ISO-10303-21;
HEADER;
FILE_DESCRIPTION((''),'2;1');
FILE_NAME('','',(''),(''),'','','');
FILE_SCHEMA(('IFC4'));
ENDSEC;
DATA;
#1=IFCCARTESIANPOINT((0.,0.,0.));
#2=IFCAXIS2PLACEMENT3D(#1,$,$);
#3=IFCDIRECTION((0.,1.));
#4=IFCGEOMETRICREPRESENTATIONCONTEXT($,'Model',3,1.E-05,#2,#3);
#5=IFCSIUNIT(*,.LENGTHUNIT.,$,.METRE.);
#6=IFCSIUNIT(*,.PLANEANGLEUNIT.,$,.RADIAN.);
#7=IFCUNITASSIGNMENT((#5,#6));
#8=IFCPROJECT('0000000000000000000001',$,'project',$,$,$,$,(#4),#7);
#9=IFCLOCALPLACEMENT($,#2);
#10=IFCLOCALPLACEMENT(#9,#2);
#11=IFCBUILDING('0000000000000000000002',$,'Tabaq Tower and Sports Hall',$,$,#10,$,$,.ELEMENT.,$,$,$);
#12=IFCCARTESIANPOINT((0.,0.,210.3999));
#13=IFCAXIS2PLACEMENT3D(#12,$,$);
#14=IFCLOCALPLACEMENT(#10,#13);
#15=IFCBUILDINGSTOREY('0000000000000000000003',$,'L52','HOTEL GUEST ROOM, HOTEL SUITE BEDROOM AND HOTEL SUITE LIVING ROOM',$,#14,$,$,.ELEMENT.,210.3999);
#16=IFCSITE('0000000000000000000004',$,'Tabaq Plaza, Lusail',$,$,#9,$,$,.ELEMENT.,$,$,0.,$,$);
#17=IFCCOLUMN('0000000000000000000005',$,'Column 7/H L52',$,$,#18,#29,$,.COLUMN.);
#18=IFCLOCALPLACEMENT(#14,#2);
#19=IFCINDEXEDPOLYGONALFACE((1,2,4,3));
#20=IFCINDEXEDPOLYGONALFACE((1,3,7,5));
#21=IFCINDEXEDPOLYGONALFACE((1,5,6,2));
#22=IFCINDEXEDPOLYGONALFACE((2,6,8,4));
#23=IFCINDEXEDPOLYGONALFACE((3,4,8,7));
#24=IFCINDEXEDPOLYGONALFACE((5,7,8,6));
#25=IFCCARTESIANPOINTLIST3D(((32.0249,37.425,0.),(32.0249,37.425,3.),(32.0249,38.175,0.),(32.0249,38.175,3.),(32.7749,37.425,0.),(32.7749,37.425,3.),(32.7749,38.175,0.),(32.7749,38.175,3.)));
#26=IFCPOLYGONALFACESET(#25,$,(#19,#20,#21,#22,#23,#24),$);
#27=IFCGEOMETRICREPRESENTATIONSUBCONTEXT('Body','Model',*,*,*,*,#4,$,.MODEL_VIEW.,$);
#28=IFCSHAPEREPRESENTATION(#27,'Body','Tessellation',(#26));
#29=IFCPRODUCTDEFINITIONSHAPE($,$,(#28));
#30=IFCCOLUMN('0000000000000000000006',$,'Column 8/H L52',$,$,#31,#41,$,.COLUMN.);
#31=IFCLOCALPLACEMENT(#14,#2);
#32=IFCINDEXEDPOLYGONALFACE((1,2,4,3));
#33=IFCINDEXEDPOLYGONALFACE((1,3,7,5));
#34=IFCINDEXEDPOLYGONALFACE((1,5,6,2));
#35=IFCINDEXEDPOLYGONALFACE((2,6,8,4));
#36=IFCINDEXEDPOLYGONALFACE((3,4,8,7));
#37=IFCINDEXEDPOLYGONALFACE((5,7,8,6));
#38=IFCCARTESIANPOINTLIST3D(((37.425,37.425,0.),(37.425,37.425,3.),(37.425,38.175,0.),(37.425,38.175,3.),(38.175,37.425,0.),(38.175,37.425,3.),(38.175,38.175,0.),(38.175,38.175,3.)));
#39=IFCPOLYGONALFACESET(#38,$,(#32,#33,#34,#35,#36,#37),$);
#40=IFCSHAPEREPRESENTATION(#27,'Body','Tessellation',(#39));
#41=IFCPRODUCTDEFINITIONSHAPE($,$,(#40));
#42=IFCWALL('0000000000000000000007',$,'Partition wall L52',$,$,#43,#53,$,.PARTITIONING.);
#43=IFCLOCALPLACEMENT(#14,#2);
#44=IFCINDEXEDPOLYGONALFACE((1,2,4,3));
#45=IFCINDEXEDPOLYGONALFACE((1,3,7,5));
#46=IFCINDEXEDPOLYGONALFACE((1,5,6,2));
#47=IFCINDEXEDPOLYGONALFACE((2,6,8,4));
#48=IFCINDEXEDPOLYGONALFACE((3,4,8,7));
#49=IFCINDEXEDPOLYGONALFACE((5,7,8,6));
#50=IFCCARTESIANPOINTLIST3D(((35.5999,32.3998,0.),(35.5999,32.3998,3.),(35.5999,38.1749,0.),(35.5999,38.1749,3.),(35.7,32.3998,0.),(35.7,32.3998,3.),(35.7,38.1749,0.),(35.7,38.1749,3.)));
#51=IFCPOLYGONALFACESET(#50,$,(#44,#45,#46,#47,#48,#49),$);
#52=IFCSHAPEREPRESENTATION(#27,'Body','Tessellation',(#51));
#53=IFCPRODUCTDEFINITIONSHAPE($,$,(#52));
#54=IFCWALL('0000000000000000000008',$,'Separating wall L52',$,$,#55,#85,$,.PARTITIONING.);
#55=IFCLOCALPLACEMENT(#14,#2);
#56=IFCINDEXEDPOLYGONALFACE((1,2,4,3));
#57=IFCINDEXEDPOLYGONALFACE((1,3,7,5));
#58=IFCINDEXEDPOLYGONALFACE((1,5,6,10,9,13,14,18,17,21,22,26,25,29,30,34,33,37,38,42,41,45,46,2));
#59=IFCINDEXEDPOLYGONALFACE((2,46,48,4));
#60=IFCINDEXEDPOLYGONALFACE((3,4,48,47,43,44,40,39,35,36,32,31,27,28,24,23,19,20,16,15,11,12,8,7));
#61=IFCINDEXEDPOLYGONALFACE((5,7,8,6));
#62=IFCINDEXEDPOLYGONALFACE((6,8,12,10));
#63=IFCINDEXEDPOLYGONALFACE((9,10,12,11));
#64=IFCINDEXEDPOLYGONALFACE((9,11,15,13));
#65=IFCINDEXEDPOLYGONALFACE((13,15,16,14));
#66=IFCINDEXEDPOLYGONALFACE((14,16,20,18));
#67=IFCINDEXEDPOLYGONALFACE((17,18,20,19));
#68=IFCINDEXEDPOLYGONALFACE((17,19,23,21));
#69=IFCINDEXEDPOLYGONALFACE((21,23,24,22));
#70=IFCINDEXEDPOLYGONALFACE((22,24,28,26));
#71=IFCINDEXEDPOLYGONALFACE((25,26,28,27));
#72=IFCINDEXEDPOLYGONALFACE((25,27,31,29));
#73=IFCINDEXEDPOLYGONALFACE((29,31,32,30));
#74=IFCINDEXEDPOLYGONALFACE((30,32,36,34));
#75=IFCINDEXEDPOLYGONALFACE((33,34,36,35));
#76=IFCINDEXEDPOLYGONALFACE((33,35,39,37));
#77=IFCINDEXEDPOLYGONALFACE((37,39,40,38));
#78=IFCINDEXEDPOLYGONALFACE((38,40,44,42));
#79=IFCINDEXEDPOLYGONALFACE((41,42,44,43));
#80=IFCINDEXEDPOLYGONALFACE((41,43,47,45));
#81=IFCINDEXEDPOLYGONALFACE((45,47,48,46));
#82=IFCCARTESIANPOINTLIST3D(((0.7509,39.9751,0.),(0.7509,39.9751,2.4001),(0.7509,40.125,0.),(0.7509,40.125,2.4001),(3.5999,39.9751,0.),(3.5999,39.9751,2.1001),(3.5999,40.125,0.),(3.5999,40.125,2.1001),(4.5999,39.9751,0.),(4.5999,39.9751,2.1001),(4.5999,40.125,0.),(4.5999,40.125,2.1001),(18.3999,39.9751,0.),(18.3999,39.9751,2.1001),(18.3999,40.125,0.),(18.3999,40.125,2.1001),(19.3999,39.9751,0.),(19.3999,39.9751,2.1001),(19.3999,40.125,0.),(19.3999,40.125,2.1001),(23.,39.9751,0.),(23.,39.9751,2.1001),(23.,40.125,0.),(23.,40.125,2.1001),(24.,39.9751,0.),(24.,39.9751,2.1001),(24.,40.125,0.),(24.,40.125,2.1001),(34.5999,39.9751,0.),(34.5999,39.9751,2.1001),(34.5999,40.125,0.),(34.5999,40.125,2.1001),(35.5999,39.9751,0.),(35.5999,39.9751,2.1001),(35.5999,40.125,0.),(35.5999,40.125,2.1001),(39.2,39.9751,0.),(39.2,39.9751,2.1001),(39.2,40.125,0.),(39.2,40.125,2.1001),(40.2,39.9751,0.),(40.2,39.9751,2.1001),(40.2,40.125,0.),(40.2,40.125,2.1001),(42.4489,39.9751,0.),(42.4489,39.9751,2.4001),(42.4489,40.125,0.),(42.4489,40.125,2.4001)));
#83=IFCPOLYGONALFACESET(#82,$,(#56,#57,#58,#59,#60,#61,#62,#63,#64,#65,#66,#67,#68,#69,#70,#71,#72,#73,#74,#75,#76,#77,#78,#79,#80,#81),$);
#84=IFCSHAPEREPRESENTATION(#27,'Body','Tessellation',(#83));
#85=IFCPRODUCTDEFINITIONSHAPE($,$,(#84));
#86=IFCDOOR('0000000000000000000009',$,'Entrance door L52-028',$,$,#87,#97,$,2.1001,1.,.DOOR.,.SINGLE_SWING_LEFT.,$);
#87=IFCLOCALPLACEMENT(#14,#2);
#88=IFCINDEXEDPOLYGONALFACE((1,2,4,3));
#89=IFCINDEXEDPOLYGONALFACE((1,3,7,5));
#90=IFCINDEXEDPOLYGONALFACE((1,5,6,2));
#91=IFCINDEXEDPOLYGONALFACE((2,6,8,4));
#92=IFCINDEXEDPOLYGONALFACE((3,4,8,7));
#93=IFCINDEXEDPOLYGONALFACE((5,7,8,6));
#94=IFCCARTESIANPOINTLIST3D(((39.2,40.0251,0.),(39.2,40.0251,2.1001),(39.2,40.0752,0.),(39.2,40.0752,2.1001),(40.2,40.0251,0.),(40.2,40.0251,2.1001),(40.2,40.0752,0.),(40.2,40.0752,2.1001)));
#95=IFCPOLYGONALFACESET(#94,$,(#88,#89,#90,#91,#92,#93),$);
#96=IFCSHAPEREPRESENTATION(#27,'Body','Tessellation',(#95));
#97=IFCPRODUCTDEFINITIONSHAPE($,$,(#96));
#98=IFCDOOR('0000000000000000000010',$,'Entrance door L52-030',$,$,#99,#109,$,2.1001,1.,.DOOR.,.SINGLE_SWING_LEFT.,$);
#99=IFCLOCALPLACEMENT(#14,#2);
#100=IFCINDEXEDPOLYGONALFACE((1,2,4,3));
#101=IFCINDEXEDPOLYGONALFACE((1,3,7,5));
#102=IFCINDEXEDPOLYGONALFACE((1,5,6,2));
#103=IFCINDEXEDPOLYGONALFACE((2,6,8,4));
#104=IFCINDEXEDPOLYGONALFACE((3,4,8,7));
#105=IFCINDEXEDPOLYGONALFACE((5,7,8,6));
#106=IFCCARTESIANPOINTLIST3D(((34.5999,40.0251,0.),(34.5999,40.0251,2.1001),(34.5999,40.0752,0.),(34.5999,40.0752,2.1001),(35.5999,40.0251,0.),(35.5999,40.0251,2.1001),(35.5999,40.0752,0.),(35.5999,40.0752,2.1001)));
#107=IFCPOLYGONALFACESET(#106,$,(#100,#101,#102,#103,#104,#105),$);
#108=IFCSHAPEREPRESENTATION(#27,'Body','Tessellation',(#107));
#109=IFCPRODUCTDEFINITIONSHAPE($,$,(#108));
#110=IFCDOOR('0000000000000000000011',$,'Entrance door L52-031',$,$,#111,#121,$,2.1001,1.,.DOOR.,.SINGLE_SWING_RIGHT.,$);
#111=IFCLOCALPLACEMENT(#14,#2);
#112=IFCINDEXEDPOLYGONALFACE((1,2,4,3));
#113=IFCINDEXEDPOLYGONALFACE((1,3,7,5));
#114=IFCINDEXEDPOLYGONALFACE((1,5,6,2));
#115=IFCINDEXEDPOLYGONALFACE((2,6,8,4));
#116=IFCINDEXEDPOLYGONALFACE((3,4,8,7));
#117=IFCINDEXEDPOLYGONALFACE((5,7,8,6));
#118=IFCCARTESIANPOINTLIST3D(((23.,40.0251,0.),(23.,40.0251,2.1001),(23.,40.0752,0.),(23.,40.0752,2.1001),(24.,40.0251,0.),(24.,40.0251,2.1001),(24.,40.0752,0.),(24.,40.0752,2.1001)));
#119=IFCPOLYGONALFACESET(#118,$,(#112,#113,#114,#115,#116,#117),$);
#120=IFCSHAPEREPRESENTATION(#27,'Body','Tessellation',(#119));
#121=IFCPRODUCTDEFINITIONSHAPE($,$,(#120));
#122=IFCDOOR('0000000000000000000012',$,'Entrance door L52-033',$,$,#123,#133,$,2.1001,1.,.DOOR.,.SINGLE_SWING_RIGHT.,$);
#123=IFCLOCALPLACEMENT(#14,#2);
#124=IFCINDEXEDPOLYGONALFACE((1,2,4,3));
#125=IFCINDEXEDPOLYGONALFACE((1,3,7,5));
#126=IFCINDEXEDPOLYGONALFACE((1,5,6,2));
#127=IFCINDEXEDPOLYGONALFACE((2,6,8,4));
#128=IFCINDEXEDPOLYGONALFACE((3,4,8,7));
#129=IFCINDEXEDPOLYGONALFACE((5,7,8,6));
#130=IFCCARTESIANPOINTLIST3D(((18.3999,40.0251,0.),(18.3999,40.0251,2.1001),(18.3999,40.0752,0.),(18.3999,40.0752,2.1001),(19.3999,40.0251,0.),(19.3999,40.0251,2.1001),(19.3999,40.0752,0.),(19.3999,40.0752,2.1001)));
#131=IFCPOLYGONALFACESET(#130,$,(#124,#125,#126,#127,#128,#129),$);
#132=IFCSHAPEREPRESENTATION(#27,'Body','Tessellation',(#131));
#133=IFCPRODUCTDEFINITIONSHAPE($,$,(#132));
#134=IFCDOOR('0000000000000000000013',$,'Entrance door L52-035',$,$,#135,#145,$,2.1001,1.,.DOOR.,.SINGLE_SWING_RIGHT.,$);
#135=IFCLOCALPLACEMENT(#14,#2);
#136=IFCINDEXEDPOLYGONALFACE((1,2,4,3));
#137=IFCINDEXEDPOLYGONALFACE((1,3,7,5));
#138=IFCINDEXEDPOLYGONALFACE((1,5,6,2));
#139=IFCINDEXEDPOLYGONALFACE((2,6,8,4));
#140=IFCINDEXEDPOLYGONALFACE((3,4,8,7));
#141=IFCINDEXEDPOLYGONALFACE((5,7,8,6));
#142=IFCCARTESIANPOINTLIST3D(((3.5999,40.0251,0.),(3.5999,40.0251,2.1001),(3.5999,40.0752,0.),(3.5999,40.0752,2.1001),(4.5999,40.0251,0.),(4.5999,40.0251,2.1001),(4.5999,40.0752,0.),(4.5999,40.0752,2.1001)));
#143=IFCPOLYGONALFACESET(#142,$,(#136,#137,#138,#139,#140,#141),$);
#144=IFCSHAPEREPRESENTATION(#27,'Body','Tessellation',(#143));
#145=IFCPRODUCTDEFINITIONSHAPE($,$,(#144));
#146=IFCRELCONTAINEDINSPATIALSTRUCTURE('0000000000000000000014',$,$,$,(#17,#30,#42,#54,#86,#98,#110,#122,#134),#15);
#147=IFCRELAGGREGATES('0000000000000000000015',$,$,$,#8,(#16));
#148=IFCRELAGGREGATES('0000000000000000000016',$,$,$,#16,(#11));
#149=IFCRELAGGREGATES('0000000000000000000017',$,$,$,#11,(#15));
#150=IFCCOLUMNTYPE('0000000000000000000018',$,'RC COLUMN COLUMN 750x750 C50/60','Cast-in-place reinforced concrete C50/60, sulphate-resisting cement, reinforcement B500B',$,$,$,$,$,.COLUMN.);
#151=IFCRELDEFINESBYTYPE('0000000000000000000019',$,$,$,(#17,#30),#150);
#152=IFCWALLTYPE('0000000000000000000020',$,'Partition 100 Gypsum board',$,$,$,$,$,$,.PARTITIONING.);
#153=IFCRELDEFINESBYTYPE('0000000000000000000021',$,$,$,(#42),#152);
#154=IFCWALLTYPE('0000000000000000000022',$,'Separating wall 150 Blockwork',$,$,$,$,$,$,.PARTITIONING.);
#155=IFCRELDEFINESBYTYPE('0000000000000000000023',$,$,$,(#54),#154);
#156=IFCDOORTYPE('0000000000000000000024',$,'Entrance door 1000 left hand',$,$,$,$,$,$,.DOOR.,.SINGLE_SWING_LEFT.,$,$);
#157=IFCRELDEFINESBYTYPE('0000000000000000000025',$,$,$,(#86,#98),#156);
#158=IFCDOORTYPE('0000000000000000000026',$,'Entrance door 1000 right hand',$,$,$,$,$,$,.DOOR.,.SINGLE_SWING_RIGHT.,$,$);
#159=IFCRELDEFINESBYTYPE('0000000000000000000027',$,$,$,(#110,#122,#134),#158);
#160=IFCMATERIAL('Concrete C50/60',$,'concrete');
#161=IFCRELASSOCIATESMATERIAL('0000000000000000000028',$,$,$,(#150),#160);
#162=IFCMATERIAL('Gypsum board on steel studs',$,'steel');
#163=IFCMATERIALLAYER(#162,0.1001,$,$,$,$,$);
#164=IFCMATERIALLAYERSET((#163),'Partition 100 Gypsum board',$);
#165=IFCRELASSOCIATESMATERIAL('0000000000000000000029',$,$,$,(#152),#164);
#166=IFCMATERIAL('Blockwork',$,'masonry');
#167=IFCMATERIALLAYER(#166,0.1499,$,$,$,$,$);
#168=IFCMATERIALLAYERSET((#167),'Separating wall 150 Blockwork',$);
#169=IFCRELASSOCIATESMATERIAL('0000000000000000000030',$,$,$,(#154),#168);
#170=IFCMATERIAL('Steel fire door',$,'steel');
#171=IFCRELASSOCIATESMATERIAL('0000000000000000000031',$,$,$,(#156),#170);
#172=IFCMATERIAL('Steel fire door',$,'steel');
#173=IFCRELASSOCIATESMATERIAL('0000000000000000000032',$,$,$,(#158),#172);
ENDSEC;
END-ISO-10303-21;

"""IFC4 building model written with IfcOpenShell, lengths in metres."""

from ifc_helpers import new_model, si_unit, direction, frame, frame_2d, origin, origin_2d, place, context, subcontext, project, spatial, rectangle, extrude, material, layer, layer_set, material_profile, profile_set, type_object, element, fill, save


model = new_model("IFC4")

# Units and contexts
model_context = context("Model", 3, precision=1e-05, world=origin(), true_north=direction((0.0, 1.0)))
body_context = subcontext(model_context, "Body", "Model", "MODEL_VIEW")
ifc_project = project(units=[si_unit("LENGTHUNIT", "METRE"), si_unit("PLANEANGLEUNIT", "RADIAN")], contexts=[model_context])

# Site, building, storey
site_placement = place(None, origin())
site = spatial("IfcSite", under=ifc_project, at=site_placement, Name="Tabaq Plaza, Lusail", CompositionType="ELEMENT", RefElevation=0.0)
building_placement = place(site_placement, origin())
building = spatial("IfcBuilding", under=site, at=building_placement, Name="Tabaq Tower and Sports Hall", CompositionType="ELEMENT")
storey_placement = place(building_placement, frame((0.0, 0.0, 210.3999)))
storey = spatial("IfcBuildingStorey", under=building, at=storey_placement, Name="L52", Description="HOTEL GUEST ROOM, HOTEL SUITE BEDROOM AND HOTEL SUITE LIVING ROOM", CompositionType="ELEMENT", Elevation=210.3999)

# Columns
ifc_material_1 = material(Name="Concrete C50/60", Category="concrete")
ifc_material_profile = material_profile(ifc_material_1, rectangle(XDim=0.75, YDim=0.75, at=origin_2d()), Name="COLUMN 750x750")
ifc_profile_set = profile_set([ifc_material_profile], Name="Concrete C50/60")
column_type = type_object("IfcColumnType", Name="RC COLUMN COLUMN 750x750 C50/60", Description="Cast-in-place reinforced concrete C50/60, sulphate-resisting cement, reinforcement B500B", PredefinedType="COLUMN", material=ifc_profile_set)
for number, where, z_axis, x_axis, name in (
    (1, (32.3999, 37.8, 0.0), (0.0, 0.0, 1.0), (1.0, 0.0, 0.0), "Column 7/H L52"),
    (2, (37.8, 37.8, 0.0), (0.0, 0.0, 1.0), (1.0, 0.0, 0.0), "Column 8/H L52"),
):
    element("IfcColumn", number, at=place(storey_placement, frame(where, z_axis=z_axis, x_axis=x_axis)), inside=storey, type_object=column_type, Name=name, PredefinedType="COLUMN", context=body_context, shape_type="SweptSolid", body=[
        extrude(rectangle(XDim=0.75, YDim=0.75, at=origin_2d()), origin(), (0.0, 0.0, 1.0), 3.0),
    ])

# Wall
ifc_material_2 = material(Name="Gypsum board on steel studs", Category="steel")
ifc_layer_1 = layer(ifc_material_2, 0.1001)
ifc_layer_set_1 = layer_set([ifc_layer_1], Name="Partition 100 Gypsum board")
wall_type_1 = type_object("IfcWallType", Name="Partition 100 Gypsum board", PredefinedType="PARTITIONING", material=ifc_layer_set_1)
wall_1_placement = place(storey_placement, frame((35.6499, 38.175, 0.0), z_axis=(0.0, 0.0, 1.0), x_axis=(0.0, -1.0, 0.0)))
element("IfcWall", 3, at=wall_1_placement, inside=storey, type_object=wall_type_1, Name="Partition wall L52", PredefinedType="PARTITIONING", context=body_context, shape_type="SweptSolid", body=[
    extrude(rectangle(XDim=5.7751, YDim=0.1001, at=frame_2d((2.8877, 0.0))), origin(), (0.0, 0.0, 1.0), 3.0),
])

# Wall, openings, doors
ifc_material_3 = material(Name="Blockwork", Category="masonry")
ifc_layer_2 = layer(ifc_material_3, 0.1499)
ifc_layer_set_2 = layer_set([ifc_layer_2], Name="Separating wall 150 Blockwork")
wall_type_2 = type_object("IfcWallType", Name="Separating wall 150 Blockwork", PredefinedType="PARTITIONING", material=ifc_layer_set_2)
wall_2_placement = place(storey_placement, frame((42.449, 40.05, 0.0), z_axis=(0.0, 0.0, 1.0), x_axis=(-1.0, 0.0, 0.0)))
wall_2 = element("IfcWall", 4, at=wall_2_placement, inside=storey, type_object=wall_type_2, Name="Separating wall L52", PredefinedType="PARTITIONING", context=body_context, shape_type="SweptSolid", body=[
    extrude(rectangle(XDim=41.698, YDim=0.1499, at=frame_2d((20.8491, 0.0))), origin(), (0.0, 0.0, 1.0), 2.4001),
])
opening_1_placement = place(wall_2_placement, frame((2.249, 0.0, 0.0)))
opening_1 = element("IfcOpeningElement", 5, at=opening_1_placement, cuts=wall_2, PredefinedType="OPENING", context=body_context, shape_type="SweptSolid", body=[
    extrude(rectangle(XDim=1.0, YDim=2.1001, at=frame_2d((0.5, 1.05))), frame((0.0, 0.075, 0.0), z_axis=(0.0, -1.0, 0.0), x_axis=(1.0, 0.0, 0.0)), (0.0, 0.0, 1.0), 0.1499),
])
opening_2_placement = place(wall_2_placement, frame((6.8491, 0.0, 0.0)))
opening_2 = element("IfcOpeningElement", 6, at=opening_2_placement, cuts=wall_2, PredefinedType="OPENING", context=body_context, shape_type="SweptSolid", body=[
    extrude(rectangle(XDim=1.0, YDim=2.1001, at=frame_2d((0.5, 1.05))), frame((0.0, 0.075, 0.0), z_axis=(0.0, -1.0, 0.0), x_axis=(1.0, 0.0, 0.0)), (0.0, 0.0, 1.0), 0.1499),
])
opening_3_placement = place(wall_2_placement, frame((18.449, 0.0, 0.0)))
opening_3 = element("IfcOpeningElement", 7, at=opening_3_placement, cuts=wall_2, PredefinedType="OPENING", context=body_context, shape_type="SweptSolid", body=[
    extrude(rectangle(XDim=1.0, YDim=2.1001, at=frame_2d((0.5, 1.05))), frame((0.0, 0.075, 0.0), z_axis=(0.0, -1.0, 0.0), x_axis=(1.0, 0.0, 0.0)), (0.0, 0.0, 1.0), 0.1499),
])
opening_4_placement = place(wall_2_placement, frame((23.0491, 0.0, 0.0)))
opening_4 = element("IfcOpeningElement", 8, at=opening_4_placement, cuts=wall_2, PredefinedType="OPENING", context=body_context, shape_type="SweptSolid", body=[
    extrude(rectangle(XDim=1.0, YDim=2.1001, at=frame_2d((0.5, 1.05))), frame((0.0, 0.075, 0.0), z_axis=(0.0, -1.0, 0.0), x_axis=(1.0, 0.0, 0.0)), (0.0, 0.0, 1.0), 0.1499),
])
opening_5_placement = place(wall_2_placement, frame((37.8491, 0.0, 0.0)))
opening_5 = element("IfcOpeningElement", 9, at=opening_5_placement, cuts=wall_2, PredefinedType="OPENING", context=body_context, shape_type="SweptSolid", body=[
    extrude(rectangle(XDim=1.0, YDim=2.1001, at=frame_2d((0.5, 1.05))), frame((0.0, 0.075, 0.0), z_axis=(0.0, -1.0, 0.0), x_axis=(1.0, 0.0, 0.0)), (0.0, 0.0, 1.0), 0.1499),
])
ifc_material_4 = material(Name="Steel fire door", Category="steel")
door_type_1 = type_object("IfcDoorType", Name="Entrance door 1000 left hand", OperationType="SINGLE_SWING_LEFT", PredefinedType="DOOR", material=ifc_material_4)
door_1_placement = place(opening_1_placement, origin())
door_1 = element("IfcDoor", 10, at=door_1_placement, inside=storey, type_object=door_type_1, Name="Entrance door L52-028", OperationType="SINGLE_SWING_LEFT", OverallHeight=2.1001, OverallWidth=1.0, PredefinedType="DOOR", context=body_context, shape_type="SweptSolid", body=[
    extrude(rectangle(XDim=1.0, YDim=2.1001, at=frame_2d((0.5, 1.05))), frame((0.0, 0.0249, 0.0), z_axis=(0.0, -1.0, 0.0), x_axis=(1.0, 0.0, 0.0)), (0.0, 0.0, 1.0), 0.05),
])
fill(opening_1, door_1)
door_2_placement = place(opening_2_placement, origin())
door_2 = element("IfcDoor", 11, at=door_2_placement, inside=storey, type_object=door_type_1, Name="Entrance door L52-030", OperationType="SINGLE_SWING_LEFT", OverallHeight=2.1001, OverallWidth=1.0, PredefinedType="DOOR", context=body_context, shape_type="SweptSolid", body=[
    extrude(rectangle(XDim=1.0, YDim=2.1001, at=frame_2d((0.5, 1.05))), frame((0.0, 0.0249, 0.0), z_axis=(0.0, -1.0, 0.0), x_axis=(1.0, 0.0, 0.0)), (0.0, 0.0, 1.0), 0.05),
])
fill(opening_2, door_2)
ifc_material_5 = material(Name="Steel fire door", Category="steel")
door_type_2 = type_object("IfcDoorType", Name="Entrance door 1000 right hand", OperationType="SINGLE_SWING_RIGHT", PredefinedType="DOOR", material=ifc_material_5)
door_3_placement = place(opening_3_placement, origin())
door_3 = element("IfcDoor", 12, at=door_3_placement, inside=storey, type_object=door_type_2, Name="Entrance door L52-031", OperationType="SINGLE_SWING_RIGHT", OverallHeight=2.1001, OverallWidth=1.0, PredefinedType="DOOR", context=body_context, shape_type="SweptSolid", body=[
    extrude(rectangle(XDim=1.0, YDim=2.1001, at=frame_2d((0.5, 1.05))), frame((0.0, 0.0249, 0.0), z_axis=(0.0, -1.0, 0.0), x_axis=(1.0, 0.0, 0.0)), (0.0, 0.0, 1.0), 0.05),
])
fill(opening_3, door_3)
door_4_placement = place(opening_4_placement, origin())
door_4 = element("IfcDoor", 13, at=door_4_placement, inside=storey, type_object=door_type_2, Name="Entrance door L52-033", OperationType="SINGLE_SWING_RIGHT", OverallHeight=2.1001, OverallWidth=1.0, PredefinedType="DOOR", context=body_context, shape_type="SweptSolid", body=[
    extrude(rectangle(XDim=1.0, YDim=2.1001, at=frame_2d((0.5, 1.05))), frame((0.0, 0.0249, 0.0), z_axis=(0.0, -1.0, 0.0), x_axis=(1.0, 0.0, 0.0)), (0.0, 0.0, 1.0), 0.05),
])
fill(opening_4, door_4)
door_5_placement = place(opening_5_placement, origin())
door_5 = element("IfcDoor", 14, at=door_5_placement, inside=storey, type_object=door_type_2, Name="Entrance door L52-035", OperationType="SINGLE_SWING_RIGHT", OverallHeight=2.1001, OverallWidth=1.0, PredefinedType="DOOR", context=body_context, shape_type="SweptSolid", body=[
    extrude(rectangle(XDim=1.0, YDim=2.1001, at=frame_2d((0.5, 1.05))), frame((0.0, 0.0249, 0.0), z_axis=(0.0, -1.0, 0.0), x_axis=(1.0, 0.0, 0.0)), (0.0, 0.0, 1.0), 0.05),
])
fill(opening_5, door_5)

save(model, "model.ifc")
